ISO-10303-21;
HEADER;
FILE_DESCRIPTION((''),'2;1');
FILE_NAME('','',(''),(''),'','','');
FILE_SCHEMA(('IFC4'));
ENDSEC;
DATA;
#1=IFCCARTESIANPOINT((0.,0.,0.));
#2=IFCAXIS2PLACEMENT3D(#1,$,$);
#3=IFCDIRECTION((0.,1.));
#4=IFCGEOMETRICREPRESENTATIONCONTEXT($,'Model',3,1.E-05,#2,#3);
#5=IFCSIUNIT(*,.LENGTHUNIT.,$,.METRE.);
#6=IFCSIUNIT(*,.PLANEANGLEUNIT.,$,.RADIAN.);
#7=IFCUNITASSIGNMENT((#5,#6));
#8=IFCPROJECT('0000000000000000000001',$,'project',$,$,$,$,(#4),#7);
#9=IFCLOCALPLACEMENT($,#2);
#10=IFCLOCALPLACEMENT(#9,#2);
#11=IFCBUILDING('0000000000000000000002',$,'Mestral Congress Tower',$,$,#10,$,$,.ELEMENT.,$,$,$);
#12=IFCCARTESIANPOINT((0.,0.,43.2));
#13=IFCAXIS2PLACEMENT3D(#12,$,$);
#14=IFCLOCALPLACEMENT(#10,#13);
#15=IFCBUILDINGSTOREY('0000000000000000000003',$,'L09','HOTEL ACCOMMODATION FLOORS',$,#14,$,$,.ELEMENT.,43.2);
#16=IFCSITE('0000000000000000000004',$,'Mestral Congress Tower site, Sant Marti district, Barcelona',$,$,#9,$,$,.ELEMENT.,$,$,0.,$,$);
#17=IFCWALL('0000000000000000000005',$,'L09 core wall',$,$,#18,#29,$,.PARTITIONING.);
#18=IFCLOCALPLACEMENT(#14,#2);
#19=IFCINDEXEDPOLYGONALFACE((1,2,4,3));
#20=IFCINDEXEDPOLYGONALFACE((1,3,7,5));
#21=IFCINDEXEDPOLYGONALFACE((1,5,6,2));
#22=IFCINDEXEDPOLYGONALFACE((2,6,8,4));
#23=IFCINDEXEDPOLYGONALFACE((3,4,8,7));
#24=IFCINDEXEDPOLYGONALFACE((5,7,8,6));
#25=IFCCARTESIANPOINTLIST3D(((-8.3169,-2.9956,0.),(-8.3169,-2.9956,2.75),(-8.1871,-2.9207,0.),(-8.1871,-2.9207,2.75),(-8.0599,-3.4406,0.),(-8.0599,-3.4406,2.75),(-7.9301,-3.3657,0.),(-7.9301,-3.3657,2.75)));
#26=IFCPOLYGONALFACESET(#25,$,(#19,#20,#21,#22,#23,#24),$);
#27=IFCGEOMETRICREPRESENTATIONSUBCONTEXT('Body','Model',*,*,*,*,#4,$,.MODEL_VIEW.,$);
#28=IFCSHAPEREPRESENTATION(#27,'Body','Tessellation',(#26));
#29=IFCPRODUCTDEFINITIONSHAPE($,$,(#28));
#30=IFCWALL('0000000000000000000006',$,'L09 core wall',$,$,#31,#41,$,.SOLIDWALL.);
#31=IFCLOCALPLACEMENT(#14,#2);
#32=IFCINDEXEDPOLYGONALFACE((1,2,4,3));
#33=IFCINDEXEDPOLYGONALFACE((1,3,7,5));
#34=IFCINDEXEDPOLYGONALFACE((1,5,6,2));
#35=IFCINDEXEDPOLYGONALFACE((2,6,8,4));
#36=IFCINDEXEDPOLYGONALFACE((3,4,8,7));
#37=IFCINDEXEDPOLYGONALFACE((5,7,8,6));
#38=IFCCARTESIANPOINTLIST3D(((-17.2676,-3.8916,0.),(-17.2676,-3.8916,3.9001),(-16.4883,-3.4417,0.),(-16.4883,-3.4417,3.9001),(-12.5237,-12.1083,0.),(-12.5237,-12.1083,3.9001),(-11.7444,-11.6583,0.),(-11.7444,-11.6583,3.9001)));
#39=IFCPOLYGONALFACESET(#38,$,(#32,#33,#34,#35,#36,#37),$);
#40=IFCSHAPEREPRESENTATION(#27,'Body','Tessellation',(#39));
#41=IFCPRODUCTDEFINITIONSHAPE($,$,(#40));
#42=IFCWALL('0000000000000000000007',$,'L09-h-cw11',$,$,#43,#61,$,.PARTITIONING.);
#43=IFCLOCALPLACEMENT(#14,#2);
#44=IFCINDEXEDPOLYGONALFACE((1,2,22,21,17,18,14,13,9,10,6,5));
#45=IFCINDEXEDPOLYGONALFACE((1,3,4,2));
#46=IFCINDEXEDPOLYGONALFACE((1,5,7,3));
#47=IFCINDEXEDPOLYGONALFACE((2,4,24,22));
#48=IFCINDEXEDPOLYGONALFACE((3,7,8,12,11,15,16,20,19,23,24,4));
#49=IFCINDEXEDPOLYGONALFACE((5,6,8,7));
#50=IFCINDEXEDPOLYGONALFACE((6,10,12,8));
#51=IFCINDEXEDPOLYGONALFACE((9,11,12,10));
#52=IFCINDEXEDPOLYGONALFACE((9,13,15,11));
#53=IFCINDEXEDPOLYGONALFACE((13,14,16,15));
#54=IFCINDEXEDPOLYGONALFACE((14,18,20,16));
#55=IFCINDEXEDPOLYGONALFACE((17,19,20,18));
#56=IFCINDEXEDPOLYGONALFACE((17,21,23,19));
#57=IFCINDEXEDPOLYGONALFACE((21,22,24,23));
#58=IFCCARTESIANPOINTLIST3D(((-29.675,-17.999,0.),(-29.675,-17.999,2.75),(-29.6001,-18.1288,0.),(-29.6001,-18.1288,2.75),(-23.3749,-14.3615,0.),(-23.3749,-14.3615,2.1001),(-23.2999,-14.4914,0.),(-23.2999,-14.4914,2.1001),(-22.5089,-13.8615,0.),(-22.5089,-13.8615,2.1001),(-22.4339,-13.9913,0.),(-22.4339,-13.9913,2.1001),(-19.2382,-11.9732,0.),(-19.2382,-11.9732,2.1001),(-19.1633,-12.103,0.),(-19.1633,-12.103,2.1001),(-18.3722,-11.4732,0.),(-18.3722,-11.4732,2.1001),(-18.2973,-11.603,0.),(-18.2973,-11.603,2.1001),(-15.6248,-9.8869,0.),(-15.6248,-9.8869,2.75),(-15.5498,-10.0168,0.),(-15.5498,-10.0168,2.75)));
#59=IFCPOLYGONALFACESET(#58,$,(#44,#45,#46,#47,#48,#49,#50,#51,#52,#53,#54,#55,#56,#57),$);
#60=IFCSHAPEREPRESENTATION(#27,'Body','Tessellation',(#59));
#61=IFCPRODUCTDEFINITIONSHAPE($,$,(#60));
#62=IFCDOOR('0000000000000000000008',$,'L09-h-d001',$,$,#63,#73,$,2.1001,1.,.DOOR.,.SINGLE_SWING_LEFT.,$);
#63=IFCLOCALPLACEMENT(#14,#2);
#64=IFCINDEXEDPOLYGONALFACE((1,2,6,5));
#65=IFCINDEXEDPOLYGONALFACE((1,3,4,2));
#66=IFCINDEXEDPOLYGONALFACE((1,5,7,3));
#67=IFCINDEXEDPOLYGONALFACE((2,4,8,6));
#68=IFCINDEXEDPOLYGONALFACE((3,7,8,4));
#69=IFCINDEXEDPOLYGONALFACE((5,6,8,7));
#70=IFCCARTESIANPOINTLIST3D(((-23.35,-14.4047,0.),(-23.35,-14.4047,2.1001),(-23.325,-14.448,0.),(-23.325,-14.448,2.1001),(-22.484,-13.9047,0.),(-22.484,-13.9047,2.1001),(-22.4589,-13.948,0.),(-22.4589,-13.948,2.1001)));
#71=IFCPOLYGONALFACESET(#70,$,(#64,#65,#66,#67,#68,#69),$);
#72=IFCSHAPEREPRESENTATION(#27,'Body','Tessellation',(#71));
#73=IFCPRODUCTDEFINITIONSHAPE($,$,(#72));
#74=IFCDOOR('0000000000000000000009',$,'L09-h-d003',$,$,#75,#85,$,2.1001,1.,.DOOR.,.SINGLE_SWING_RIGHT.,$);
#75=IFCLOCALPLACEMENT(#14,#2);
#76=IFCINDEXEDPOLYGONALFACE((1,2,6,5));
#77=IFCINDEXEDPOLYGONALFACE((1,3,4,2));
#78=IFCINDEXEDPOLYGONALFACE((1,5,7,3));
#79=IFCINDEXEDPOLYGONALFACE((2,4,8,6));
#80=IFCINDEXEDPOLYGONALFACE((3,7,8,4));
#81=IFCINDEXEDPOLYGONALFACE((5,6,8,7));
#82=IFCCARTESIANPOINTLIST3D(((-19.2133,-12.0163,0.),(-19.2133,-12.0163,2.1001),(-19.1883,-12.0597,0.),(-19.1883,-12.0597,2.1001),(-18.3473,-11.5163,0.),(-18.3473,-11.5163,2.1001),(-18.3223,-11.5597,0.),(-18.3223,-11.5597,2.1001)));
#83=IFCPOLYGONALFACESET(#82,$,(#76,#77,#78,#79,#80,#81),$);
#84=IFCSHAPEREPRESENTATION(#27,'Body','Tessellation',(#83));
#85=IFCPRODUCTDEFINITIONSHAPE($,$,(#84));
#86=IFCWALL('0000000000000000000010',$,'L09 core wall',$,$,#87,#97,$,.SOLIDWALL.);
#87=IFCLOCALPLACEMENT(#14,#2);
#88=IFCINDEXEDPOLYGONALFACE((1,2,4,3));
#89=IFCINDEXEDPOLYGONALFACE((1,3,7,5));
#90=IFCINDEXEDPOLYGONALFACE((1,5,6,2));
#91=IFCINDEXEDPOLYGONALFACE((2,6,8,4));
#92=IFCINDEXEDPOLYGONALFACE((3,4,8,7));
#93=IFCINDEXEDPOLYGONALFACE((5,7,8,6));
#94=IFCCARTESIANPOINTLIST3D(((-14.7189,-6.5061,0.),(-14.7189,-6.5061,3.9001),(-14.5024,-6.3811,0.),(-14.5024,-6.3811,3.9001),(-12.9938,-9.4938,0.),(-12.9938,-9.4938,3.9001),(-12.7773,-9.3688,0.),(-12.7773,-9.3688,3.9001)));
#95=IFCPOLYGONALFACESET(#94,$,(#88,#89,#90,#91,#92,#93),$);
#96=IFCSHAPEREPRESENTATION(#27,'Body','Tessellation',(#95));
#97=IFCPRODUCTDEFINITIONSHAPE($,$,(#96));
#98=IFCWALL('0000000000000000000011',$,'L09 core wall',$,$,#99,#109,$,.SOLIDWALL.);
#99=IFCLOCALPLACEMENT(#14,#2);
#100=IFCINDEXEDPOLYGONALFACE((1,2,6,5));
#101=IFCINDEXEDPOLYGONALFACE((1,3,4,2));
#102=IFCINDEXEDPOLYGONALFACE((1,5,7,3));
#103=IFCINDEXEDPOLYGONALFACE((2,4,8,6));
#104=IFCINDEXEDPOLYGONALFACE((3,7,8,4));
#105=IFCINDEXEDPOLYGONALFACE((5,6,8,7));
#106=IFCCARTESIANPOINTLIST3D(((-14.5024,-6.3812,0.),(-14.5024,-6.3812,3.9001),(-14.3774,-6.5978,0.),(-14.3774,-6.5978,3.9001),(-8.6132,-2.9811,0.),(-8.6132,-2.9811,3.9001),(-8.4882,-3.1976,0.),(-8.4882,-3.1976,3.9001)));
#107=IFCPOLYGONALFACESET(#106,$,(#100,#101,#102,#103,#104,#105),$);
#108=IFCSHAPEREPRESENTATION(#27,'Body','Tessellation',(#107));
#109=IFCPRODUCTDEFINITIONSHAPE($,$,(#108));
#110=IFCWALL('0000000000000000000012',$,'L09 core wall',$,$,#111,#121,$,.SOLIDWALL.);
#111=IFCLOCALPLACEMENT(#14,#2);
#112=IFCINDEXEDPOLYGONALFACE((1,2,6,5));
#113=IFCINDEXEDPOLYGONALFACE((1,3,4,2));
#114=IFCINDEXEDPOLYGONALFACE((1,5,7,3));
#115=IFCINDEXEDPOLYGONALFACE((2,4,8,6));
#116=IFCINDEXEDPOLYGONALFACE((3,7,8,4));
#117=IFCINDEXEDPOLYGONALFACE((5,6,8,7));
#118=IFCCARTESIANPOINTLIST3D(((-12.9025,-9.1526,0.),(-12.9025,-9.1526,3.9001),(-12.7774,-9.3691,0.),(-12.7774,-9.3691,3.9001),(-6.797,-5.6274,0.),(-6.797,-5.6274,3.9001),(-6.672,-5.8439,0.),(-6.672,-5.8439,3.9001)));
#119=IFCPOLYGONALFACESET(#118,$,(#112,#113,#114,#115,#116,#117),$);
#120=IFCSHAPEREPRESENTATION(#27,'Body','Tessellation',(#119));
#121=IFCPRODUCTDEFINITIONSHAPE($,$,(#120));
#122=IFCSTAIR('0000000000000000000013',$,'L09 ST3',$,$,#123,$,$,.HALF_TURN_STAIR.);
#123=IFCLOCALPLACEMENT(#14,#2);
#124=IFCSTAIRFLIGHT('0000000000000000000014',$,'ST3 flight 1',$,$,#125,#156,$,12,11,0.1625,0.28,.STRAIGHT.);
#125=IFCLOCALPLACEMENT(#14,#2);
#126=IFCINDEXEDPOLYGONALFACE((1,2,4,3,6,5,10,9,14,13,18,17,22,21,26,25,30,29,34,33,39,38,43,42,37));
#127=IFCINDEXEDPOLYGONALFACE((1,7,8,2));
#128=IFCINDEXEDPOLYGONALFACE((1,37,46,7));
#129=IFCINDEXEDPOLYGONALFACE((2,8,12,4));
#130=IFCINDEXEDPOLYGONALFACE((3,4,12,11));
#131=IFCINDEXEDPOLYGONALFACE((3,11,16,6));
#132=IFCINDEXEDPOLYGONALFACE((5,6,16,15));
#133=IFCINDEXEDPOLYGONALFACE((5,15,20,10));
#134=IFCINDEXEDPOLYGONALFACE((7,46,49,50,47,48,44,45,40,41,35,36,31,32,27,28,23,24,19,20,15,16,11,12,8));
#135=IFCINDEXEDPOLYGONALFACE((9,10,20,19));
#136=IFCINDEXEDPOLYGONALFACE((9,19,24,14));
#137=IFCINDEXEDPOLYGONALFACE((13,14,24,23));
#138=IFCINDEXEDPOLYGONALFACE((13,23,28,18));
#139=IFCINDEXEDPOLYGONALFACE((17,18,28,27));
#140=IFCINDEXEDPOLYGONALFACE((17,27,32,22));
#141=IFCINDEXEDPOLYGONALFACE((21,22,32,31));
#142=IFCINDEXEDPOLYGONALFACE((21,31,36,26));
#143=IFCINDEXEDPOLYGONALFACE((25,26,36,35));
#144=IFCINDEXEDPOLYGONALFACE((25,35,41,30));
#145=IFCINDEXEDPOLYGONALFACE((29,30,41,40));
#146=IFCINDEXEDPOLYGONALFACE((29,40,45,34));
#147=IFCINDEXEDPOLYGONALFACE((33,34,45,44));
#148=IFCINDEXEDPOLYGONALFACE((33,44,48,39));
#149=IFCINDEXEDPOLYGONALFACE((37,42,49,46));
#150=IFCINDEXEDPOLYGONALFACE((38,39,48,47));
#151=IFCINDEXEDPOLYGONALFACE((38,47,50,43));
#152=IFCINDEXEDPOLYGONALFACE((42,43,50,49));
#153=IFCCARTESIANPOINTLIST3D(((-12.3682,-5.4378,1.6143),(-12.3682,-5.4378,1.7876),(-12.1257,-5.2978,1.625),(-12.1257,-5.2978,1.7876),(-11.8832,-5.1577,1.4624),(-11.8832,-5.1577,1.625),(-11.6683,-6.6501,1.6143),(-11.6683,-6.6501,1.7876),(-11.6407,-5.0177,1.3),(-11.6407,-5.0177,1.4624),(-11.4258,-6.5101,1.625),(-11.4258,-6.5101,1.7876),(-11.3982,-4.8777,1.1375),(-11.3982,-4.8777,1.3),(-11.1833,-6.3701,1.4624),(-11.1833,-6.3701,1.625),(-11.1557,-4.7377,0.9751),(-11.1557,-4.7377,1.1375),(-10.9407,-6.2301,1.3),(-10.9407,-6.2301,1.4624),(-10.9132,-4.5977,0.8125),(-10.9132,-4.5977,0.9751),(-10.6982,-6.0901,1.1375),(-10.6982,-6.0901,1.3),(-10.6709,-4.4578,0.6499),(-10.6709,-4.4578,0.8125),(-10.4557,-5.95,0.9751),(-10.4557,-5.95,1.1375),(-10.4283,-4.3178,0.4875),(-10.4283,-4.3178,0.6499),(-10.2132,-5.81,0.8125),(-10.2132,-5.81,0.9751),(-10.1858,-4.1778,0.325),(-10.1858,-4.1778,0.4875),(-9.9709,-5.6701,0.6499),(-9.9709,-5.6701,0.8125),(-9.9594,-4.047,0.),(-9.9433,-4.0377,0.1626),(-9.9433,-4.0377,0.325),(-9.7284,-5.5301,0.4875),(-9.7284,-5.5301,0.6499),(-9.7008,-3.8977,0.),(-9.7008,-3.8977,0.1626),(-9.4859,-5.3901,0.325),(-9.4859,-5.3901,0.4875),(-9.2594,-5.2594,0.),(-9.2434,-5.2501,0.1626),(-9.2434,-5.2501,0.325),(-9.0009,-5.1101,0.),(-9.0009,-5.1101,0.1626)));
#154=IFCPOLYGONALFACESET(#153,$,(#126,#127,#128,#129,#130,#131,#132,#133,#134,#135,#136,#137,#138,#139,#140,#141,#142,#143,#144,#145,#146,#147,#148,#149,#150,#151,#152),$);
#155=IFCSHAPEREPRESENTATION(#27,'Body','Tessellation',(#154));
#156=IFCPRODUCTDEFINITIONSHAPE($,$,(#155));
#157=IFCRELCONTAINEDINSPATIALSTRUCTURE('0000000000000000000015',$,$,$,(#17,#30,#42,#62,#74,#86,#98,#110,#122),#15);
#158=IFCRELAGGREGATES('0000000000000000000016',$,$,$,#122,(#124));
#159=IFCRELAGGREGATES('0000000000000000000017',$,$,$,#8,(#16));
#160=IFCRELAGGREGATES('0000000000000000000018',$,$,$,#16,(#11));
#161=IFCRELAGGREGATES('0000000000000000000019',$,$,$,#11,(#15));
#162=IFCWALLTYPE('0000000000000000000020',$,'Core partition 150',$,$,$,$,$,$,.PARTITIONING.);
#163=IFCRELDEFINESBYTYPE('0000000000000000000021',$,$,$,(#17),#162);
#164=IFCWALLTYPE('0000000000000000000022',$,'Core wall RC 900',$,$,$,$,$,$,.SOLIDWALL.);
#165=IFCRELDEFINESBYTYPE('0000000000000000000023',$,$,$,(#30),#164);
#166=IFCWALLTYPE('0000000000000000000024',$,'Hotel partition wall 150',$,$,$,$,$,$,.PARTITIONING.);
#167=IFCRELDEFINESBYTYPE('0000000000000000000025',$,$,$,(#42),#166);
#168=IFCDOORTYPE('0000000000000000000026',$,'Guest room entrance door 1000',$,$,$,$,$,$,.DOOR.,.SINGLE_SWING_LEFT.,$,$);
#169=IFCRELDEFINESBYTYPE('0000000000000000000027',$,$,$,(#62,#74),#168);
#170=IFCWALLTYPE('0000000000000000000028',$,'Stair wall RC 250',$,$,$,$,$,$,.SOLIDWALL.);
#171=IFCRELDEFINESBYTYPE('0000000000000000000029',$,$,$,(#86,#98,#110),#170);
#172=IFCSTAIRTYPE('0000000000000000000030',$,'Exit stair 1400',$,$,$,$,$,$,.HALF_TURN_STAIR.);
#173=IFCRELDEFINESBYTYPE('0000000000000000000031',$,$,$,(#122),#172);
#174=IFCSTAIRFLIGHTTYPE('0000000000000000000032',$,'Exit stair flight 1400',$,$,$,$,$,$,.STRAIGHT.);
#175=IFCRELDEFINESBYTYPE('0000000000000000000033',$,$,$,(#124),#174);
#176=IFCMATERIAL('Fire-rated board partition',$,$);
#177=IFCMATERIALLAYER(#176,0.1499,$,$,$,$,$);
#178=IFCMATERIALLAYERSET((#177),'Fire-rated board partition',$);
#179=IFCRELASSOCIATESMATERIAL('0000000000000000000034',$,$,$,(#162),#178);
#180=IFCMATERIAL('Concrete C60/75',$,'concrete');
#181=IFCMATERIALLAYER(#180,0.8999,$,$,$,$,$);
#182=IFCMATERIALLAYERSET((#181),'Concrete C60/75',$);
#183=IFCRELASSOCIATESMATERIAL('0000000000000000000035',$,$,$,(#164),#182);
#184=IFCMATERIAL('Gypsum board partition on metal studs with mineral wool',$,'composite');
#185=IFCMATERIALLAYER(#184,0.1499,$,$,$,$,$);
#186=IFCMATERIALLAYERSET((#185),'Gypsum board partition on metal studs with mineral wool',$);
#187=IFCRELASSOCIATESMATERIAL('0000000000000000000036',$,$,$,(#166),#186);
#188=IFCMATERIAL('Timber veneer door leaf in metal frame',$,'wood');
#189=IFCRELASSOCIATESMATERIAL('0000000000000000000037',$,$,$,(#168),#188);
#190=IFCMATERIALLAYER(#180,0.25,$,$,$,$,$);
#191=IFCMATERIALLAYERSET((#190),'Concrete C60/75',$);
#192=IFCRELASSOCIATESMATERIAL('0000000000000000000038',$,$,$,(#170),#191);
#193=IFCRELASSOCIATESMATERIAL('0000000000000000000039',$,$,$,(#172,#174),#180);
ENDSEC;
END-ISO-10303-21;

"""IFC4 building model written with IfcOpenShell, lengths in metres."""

from ifc_helpers import new_model, si_unit, direction, frame, frame_2d, origin, place, context, subcontext, project, spatial, polyline, rectangle, outline, extrude, material, layer, layer_set, type_object, element, fill, aggregate, save


model = new_model("IFC4")

# Units and contexts
model_context = context("Model", 3, precision=1e-05, world=origin(), true_north=direction((0.0, 1.0)))
body_context = subcontext(model_context, "Body", "Model", "MODEL_VIEW")
ifc_project = project(units=[si_unit("LENGTHUNIT", "METRE"), si_unit("PLANEANGLEUNIT", "RADIAN")], contexts=[model_context])

# Site, building, storey
site_placement = place(None, origin())
site = spatial("IfcSite", under=ifc_project, at=site_placement, Name="Mestral Congress Tower site, Sant Marti district, Barcelona", CompositionType="ELEMENT", RefElevation=0.0)
building_placement = place(site_placement, origin())
building = spatial("IfcBuilding", under=site, at=building_placement, Name="Mestral Congress Tower", CompositionType="ELEMENT")
storey_placement = place(building_placement, frame((0.0, 0.0, 43.2)))
storey = spatial("IfcBuildingStorey", under=building, at=storey_placement, Name="L09", Description="HOTEL ACCOMMODATION FLOORS", CompositionType="ELEMENT", Elevation=43.2)

# Walls
ifc_material_1 = material(Name="Fire-rated board partition")
ifc_layer_1 = layer(ifc_material_1, 0.1499)
ifc_layer_set_1 = layer_set([ifc_layer_1], Name="Fire-rated board partition")
wall_type_1 = type_object("IfcWallType", Name="Core partition 150", PredefinedType="PARTITIONING", material=ifc_layer_set_1)
wall_1_placement = place(storey_placement, frame((-8.252, -2.9583, 0.0), z_axis=(0.0, 0.0, 1.0), x_axis=(0.500175, -0.865925, 0.0)))
element("IfcWall", 1, at=wall_1_placement, inside=storey, type_object=wall_type_1, Name="L09 core wall", PredefinedType="PARTITIONING", context=body_context, shape_type="SweptSolid", body=[
    extrude(rectangle(XDim=0.5139, YDim=0.1499, at=frame_2d((0.2568, 0.0))), origin(), (0.0, 0.0, 1.0), 2.75),
])
ifc_material_2 = material(Name="Concrete C60/75", Category="concrete")
ifc_layer_2 = layer(ifc_material_2, 0.8999)
ifc_layer_set_2 = layer_set([ifc_layer_2], Name="Concrete C60/75")
wall_type_2 = type_object("IfcWallType", Name="Core wall RC 900", PredefinedType="SOLIDWALL", material=ifc_layer_set_2)
wall_2_placement = place(storey_placement, frame((-12.134, -11.8833, 0.0), z_axis=(0.0, 0.0, 1.0), x_axis=(-0.500005, 0.866022, 0.0)))
element("IfcWall", 2, at=wall_2_placement, inside=storey, type_object=wall_type_2, Name="L09 core wall", PredefinedType="SOLIDWALL", context=body_context, shape_type="SweptSolid", body=[
    extrude(rectangle(XDim=9.4878, YDim=0.8999, at=frame_2d((4.7439, 0.0))), origin(), (0.0, 0.0, 1.0), 3.9001),
])

# Wall, openings, doors
ifc_material_3 = material(Name="Gypsum board partition on metal studs with mineral wool", Category="composite")
ifc_layer_3 = layer(ifc_material_3, 0.1499)
ifc_layer_set_3 = layer_set([ifc_layer_3], Name="Gypsum board partition on metal studs with mineral wool")
wall_type_3 = type_object("IfcWallType", Name="Hotel partition wall 150", PredefinedType="PARTITIONING", material=ifc_layer_set_3)
wall_3_placement = place(storey_placement, frame((-15.5874, -9.9519, 0.0), z_axis=(0.0, 0.0, 1.0), x_axis=(-0.866022, -0.500006, 0.0)))
wall_3 = element("IfcWall", 3, at=wall_3_placement, inside=storey, type_object=wall_type_3, Name="L09-h-cw11", PredefinedType="PARTITIONING", context=body_context, shape_type="SweptSolid", body=[
    extrude(rectangle(XDim=16.2239, YDim=0.1499, at=frame_2d((8.1118, 0.0))), origin(), (0.0, 0.0, 1.0), 2.75),
])
opening_1_placement = place(wall_3_placement, frame((7.949, 0.0, 0.0)))
opening_1 = element("IfcOpeningElement", 4, at=opening_1_placement, cuts=wall_3, PredefinedType="OPENING", context=body_context, shape_type="SweptSolid", body=[
    extrude(rectangle(XDim=1.0, YDim=2.1001, at=frame_2d((0.5, 1.05))), frame((0.0, 0.085, 0.0), z_axis=(0.0, -1.0, 0.0), x_axis=(1.0, 0.0, 0.0)), (0.0, 0.0, 1.0), 0.1699),
])
opening_2_placement = place(wall_3_placement, frame((3.1724, 0.0, 0.0)))
opening_2 = element("IfcOpeningElement", 5, at=opening_2_placement, cuts=wall_3, PredefinedType="OPENING", context=body_context, shape_type="SweptSolid", body=[
    extrude(rectangle(XDim=1.0, YDim=2.1001, at=frame_2d((0.5, 1.05))), frame((0.0, 0.085, 0.0), z_axis=(0.0, -1.0, 0.0), x_axis=(1.0, 0.0, 0.0)), (0.0, 0.0, 1.0), 0.1699),
])
ifc_material_4 = material(Name="Timber veneer door leaf in metal frame", Category="wood")
door_type = type_object("IfcDoorType", Name="Guest room entrance door 1000", OperationType="SINGLE_SWING_LEFT", PredefinedType="DOOR", material=ifc_material_4)
door_1_placement = place(opening_1_placement, origin())
door_1 = element("IfcDoor", 6, at=door_1_placement, inside=storey, type_object=door_type, Name="L09-h-d001", OperationType="SINGLE_SWING_LEFT", OverallHeight=2.1001, OverallWidth=1.0, PredefinedType="DOOR", context=body_context, shape_type="SweptSolid", body=[
    extrude(rectangle(XDim=1.0, YDim=2.1001, at=frame_2d((0.5, 1.05))), frame((0.0, 0.0249, 0.0), z_axis=(0.0, -1.0, 0.0), x_axis=(1.0, 0.0, 0.0)), (0.0, 0.0, 1.0), 0.05),
])
fill(opening_1, door_1)
door_2_placement = place(opening_2_placement, origin())
door_2 = element("IfcDoor", 7, at=door_2_placement, inside=storey, type_object=door_type, Name="L09-h-d003", OperationType="SINGLE_SWING_RIGHT", OverallHeight=2.1001, OverallWidth=1.0, PredefinedType="DOOR", context=body_context, shape_type="SweptSolid", body=[
    extrude(rectangle(XDim=1.0, YDim=2.1001, at=frame_2d((0.5, 1.05))), frame((0.0, 0.0249, 0.0), z_axis=(0.0, -1.0, 0.0), x_axis=(1.0, 0.0, 0.0)), (0.0, 0.0, 1.0), 0.05),
])
fill(opening_2, door_2)

# Walls
ifc_layer_4 = layer(ifc_material_2, 0.25)
ifc_layer_set_4 = layer_set([ifc_layer_4], Name="Concrete C60/75")
wall_type_4 = type_object("IfcWallType", Name="Stair wall RC 250", PredefinedType="SOLIDWALL", material=ifc_layer_set_4)
wall_4_placement = place(storey_placement, frame((-12.8855, -9.4314, 0.0), z_axis=(0.0, 0.0, 1.0), x_axis=(-0.500021, 0.866014, 0.0)))
element("IfcWall", 8, at=wall_4_placement, inside=storey, type_object=wall_type_4, Name="L09 core wall", PredefinedType="SOLIDWALL", context=body_context, shape_type="SweptSolid", body=[
    extrude(rectangle(XDim=3.45, YDim=0.25, at=frame_2d((1.7251, 0.0))), origin(), (0.0, 0.0, 1.0), 3.9001),
])
wall_5_placement = place(storey_placement, frame((-14.4399, -6.4895, 0.0), z_axis=(0.0, 0.0, 1.0), x_axis=(0.866023, 0.500004, 0.0)))
element("IfcWall", 9, at=wall_5_placement, inside=storey, type_object=wall_type_4, Name="L09 core wall", PredefinedType="SOLIDWALL", context=body_context, shape_type="SweptSolid", body=[
    extrude(rectangle(XDim=6.8003, YDim=0.25, at=frame_2d((3.4001, 0.0))), origin(), (0.0, 0.0, 1.0), 3.9001),
])
wall_6_placement = place(storey_placement, frame((-12.8398, -9.2607, 0.0), z_axis=(0.0, 0.0, 1.0), x_axis=(0.866016, 0.500016, 0.0)))
element("IfcWall", 10, at=wall_6_placement, inside=storey, type_object=wall_type_4, Name="L09 core wall", PredefinedType="SOLIDWALL", context=body_context, shape_type="SweptSolid", body=[
    extrude(rectangle(XDim=7.05, YDim=0.25, at=frame_2d((3.5249, 0.0))), origin(), (0.0, 0.0, 1.0), 3.9001),
])

# Stair, stair flight
stair_type = type_object("IfcStairType", Name="Exit stair 1400", PredefinedType="HALF_TURN_STAIR", material=ifc_material_2)
stair_placement = place(storey_placement, origin())
stair = element("IfcStair", 11, at=stair_placement, inside=storey, type_object=stair_type, Name="L09 ST3", PredefinedType="HALF_TURN_STAIR")
stair_flight_type = type_object("IfcStairFlightType", Name="Exit stair flight 1400", PredefinedType="STRAIGHT", material=ifc_material_2)
stair_flight_1_placement = place(storey_placement, frame((-9.3508, -4.5039, 0.0), z_axis=(0.0, 0.0, 1.0), x_axis=(-0.866025, -0.5, 0.0)))
stair_flight_1 = element("IfcStairFlight", 12, at=stair_flight_1_placement, type_object=stair_flight_type, Name="ST3 flight 1", NumberOfRisers=12, NumberOfTreads=11, PredefinedType="STRAIGHT", RiserHeight=0.1625, TreadLength=0.28, context=body_context, shape_type="SweptSolid", body=[
    extrude(outline(polyline([(0.0, 0.0), (0.0, 0.1626), (0.28, 0.1626), (0.28, 0.325), (0.5601, 0.325), (0.5601, 0.4875), (0.8401, 0.4875), (0.8401, 0.6499), (1.1201, 0.6499), (1.1201, 0.8125), (1.3999, 0.8125), (1.3999, 0.9751), (1.6799, 0.9751), (1.6799, 1.1375), (1.96, 1.1375), (1.96, 1.3), (2.24, 1.3), (2.24, 1.4624), (2.52, 1.4624), (2.52, 1.625), (2.8, 1.625), (2.8, 1.7876), (3.0801, 1.7876), (3.0801, 1.95), (3.0801, 1.6143), (0.2986, 0.0), (0.0, 0.0)])), frame((0.0, 0.7, 0.0), z_axis=(0.0, -1.0, 0.0), x_axis=(1.0, 0.0, 0.0)), (0.0, 0.0, 1.0), 1.3999),
])
aggregate(stair, [stair_flight_1])

save(model, "model.ifc")
